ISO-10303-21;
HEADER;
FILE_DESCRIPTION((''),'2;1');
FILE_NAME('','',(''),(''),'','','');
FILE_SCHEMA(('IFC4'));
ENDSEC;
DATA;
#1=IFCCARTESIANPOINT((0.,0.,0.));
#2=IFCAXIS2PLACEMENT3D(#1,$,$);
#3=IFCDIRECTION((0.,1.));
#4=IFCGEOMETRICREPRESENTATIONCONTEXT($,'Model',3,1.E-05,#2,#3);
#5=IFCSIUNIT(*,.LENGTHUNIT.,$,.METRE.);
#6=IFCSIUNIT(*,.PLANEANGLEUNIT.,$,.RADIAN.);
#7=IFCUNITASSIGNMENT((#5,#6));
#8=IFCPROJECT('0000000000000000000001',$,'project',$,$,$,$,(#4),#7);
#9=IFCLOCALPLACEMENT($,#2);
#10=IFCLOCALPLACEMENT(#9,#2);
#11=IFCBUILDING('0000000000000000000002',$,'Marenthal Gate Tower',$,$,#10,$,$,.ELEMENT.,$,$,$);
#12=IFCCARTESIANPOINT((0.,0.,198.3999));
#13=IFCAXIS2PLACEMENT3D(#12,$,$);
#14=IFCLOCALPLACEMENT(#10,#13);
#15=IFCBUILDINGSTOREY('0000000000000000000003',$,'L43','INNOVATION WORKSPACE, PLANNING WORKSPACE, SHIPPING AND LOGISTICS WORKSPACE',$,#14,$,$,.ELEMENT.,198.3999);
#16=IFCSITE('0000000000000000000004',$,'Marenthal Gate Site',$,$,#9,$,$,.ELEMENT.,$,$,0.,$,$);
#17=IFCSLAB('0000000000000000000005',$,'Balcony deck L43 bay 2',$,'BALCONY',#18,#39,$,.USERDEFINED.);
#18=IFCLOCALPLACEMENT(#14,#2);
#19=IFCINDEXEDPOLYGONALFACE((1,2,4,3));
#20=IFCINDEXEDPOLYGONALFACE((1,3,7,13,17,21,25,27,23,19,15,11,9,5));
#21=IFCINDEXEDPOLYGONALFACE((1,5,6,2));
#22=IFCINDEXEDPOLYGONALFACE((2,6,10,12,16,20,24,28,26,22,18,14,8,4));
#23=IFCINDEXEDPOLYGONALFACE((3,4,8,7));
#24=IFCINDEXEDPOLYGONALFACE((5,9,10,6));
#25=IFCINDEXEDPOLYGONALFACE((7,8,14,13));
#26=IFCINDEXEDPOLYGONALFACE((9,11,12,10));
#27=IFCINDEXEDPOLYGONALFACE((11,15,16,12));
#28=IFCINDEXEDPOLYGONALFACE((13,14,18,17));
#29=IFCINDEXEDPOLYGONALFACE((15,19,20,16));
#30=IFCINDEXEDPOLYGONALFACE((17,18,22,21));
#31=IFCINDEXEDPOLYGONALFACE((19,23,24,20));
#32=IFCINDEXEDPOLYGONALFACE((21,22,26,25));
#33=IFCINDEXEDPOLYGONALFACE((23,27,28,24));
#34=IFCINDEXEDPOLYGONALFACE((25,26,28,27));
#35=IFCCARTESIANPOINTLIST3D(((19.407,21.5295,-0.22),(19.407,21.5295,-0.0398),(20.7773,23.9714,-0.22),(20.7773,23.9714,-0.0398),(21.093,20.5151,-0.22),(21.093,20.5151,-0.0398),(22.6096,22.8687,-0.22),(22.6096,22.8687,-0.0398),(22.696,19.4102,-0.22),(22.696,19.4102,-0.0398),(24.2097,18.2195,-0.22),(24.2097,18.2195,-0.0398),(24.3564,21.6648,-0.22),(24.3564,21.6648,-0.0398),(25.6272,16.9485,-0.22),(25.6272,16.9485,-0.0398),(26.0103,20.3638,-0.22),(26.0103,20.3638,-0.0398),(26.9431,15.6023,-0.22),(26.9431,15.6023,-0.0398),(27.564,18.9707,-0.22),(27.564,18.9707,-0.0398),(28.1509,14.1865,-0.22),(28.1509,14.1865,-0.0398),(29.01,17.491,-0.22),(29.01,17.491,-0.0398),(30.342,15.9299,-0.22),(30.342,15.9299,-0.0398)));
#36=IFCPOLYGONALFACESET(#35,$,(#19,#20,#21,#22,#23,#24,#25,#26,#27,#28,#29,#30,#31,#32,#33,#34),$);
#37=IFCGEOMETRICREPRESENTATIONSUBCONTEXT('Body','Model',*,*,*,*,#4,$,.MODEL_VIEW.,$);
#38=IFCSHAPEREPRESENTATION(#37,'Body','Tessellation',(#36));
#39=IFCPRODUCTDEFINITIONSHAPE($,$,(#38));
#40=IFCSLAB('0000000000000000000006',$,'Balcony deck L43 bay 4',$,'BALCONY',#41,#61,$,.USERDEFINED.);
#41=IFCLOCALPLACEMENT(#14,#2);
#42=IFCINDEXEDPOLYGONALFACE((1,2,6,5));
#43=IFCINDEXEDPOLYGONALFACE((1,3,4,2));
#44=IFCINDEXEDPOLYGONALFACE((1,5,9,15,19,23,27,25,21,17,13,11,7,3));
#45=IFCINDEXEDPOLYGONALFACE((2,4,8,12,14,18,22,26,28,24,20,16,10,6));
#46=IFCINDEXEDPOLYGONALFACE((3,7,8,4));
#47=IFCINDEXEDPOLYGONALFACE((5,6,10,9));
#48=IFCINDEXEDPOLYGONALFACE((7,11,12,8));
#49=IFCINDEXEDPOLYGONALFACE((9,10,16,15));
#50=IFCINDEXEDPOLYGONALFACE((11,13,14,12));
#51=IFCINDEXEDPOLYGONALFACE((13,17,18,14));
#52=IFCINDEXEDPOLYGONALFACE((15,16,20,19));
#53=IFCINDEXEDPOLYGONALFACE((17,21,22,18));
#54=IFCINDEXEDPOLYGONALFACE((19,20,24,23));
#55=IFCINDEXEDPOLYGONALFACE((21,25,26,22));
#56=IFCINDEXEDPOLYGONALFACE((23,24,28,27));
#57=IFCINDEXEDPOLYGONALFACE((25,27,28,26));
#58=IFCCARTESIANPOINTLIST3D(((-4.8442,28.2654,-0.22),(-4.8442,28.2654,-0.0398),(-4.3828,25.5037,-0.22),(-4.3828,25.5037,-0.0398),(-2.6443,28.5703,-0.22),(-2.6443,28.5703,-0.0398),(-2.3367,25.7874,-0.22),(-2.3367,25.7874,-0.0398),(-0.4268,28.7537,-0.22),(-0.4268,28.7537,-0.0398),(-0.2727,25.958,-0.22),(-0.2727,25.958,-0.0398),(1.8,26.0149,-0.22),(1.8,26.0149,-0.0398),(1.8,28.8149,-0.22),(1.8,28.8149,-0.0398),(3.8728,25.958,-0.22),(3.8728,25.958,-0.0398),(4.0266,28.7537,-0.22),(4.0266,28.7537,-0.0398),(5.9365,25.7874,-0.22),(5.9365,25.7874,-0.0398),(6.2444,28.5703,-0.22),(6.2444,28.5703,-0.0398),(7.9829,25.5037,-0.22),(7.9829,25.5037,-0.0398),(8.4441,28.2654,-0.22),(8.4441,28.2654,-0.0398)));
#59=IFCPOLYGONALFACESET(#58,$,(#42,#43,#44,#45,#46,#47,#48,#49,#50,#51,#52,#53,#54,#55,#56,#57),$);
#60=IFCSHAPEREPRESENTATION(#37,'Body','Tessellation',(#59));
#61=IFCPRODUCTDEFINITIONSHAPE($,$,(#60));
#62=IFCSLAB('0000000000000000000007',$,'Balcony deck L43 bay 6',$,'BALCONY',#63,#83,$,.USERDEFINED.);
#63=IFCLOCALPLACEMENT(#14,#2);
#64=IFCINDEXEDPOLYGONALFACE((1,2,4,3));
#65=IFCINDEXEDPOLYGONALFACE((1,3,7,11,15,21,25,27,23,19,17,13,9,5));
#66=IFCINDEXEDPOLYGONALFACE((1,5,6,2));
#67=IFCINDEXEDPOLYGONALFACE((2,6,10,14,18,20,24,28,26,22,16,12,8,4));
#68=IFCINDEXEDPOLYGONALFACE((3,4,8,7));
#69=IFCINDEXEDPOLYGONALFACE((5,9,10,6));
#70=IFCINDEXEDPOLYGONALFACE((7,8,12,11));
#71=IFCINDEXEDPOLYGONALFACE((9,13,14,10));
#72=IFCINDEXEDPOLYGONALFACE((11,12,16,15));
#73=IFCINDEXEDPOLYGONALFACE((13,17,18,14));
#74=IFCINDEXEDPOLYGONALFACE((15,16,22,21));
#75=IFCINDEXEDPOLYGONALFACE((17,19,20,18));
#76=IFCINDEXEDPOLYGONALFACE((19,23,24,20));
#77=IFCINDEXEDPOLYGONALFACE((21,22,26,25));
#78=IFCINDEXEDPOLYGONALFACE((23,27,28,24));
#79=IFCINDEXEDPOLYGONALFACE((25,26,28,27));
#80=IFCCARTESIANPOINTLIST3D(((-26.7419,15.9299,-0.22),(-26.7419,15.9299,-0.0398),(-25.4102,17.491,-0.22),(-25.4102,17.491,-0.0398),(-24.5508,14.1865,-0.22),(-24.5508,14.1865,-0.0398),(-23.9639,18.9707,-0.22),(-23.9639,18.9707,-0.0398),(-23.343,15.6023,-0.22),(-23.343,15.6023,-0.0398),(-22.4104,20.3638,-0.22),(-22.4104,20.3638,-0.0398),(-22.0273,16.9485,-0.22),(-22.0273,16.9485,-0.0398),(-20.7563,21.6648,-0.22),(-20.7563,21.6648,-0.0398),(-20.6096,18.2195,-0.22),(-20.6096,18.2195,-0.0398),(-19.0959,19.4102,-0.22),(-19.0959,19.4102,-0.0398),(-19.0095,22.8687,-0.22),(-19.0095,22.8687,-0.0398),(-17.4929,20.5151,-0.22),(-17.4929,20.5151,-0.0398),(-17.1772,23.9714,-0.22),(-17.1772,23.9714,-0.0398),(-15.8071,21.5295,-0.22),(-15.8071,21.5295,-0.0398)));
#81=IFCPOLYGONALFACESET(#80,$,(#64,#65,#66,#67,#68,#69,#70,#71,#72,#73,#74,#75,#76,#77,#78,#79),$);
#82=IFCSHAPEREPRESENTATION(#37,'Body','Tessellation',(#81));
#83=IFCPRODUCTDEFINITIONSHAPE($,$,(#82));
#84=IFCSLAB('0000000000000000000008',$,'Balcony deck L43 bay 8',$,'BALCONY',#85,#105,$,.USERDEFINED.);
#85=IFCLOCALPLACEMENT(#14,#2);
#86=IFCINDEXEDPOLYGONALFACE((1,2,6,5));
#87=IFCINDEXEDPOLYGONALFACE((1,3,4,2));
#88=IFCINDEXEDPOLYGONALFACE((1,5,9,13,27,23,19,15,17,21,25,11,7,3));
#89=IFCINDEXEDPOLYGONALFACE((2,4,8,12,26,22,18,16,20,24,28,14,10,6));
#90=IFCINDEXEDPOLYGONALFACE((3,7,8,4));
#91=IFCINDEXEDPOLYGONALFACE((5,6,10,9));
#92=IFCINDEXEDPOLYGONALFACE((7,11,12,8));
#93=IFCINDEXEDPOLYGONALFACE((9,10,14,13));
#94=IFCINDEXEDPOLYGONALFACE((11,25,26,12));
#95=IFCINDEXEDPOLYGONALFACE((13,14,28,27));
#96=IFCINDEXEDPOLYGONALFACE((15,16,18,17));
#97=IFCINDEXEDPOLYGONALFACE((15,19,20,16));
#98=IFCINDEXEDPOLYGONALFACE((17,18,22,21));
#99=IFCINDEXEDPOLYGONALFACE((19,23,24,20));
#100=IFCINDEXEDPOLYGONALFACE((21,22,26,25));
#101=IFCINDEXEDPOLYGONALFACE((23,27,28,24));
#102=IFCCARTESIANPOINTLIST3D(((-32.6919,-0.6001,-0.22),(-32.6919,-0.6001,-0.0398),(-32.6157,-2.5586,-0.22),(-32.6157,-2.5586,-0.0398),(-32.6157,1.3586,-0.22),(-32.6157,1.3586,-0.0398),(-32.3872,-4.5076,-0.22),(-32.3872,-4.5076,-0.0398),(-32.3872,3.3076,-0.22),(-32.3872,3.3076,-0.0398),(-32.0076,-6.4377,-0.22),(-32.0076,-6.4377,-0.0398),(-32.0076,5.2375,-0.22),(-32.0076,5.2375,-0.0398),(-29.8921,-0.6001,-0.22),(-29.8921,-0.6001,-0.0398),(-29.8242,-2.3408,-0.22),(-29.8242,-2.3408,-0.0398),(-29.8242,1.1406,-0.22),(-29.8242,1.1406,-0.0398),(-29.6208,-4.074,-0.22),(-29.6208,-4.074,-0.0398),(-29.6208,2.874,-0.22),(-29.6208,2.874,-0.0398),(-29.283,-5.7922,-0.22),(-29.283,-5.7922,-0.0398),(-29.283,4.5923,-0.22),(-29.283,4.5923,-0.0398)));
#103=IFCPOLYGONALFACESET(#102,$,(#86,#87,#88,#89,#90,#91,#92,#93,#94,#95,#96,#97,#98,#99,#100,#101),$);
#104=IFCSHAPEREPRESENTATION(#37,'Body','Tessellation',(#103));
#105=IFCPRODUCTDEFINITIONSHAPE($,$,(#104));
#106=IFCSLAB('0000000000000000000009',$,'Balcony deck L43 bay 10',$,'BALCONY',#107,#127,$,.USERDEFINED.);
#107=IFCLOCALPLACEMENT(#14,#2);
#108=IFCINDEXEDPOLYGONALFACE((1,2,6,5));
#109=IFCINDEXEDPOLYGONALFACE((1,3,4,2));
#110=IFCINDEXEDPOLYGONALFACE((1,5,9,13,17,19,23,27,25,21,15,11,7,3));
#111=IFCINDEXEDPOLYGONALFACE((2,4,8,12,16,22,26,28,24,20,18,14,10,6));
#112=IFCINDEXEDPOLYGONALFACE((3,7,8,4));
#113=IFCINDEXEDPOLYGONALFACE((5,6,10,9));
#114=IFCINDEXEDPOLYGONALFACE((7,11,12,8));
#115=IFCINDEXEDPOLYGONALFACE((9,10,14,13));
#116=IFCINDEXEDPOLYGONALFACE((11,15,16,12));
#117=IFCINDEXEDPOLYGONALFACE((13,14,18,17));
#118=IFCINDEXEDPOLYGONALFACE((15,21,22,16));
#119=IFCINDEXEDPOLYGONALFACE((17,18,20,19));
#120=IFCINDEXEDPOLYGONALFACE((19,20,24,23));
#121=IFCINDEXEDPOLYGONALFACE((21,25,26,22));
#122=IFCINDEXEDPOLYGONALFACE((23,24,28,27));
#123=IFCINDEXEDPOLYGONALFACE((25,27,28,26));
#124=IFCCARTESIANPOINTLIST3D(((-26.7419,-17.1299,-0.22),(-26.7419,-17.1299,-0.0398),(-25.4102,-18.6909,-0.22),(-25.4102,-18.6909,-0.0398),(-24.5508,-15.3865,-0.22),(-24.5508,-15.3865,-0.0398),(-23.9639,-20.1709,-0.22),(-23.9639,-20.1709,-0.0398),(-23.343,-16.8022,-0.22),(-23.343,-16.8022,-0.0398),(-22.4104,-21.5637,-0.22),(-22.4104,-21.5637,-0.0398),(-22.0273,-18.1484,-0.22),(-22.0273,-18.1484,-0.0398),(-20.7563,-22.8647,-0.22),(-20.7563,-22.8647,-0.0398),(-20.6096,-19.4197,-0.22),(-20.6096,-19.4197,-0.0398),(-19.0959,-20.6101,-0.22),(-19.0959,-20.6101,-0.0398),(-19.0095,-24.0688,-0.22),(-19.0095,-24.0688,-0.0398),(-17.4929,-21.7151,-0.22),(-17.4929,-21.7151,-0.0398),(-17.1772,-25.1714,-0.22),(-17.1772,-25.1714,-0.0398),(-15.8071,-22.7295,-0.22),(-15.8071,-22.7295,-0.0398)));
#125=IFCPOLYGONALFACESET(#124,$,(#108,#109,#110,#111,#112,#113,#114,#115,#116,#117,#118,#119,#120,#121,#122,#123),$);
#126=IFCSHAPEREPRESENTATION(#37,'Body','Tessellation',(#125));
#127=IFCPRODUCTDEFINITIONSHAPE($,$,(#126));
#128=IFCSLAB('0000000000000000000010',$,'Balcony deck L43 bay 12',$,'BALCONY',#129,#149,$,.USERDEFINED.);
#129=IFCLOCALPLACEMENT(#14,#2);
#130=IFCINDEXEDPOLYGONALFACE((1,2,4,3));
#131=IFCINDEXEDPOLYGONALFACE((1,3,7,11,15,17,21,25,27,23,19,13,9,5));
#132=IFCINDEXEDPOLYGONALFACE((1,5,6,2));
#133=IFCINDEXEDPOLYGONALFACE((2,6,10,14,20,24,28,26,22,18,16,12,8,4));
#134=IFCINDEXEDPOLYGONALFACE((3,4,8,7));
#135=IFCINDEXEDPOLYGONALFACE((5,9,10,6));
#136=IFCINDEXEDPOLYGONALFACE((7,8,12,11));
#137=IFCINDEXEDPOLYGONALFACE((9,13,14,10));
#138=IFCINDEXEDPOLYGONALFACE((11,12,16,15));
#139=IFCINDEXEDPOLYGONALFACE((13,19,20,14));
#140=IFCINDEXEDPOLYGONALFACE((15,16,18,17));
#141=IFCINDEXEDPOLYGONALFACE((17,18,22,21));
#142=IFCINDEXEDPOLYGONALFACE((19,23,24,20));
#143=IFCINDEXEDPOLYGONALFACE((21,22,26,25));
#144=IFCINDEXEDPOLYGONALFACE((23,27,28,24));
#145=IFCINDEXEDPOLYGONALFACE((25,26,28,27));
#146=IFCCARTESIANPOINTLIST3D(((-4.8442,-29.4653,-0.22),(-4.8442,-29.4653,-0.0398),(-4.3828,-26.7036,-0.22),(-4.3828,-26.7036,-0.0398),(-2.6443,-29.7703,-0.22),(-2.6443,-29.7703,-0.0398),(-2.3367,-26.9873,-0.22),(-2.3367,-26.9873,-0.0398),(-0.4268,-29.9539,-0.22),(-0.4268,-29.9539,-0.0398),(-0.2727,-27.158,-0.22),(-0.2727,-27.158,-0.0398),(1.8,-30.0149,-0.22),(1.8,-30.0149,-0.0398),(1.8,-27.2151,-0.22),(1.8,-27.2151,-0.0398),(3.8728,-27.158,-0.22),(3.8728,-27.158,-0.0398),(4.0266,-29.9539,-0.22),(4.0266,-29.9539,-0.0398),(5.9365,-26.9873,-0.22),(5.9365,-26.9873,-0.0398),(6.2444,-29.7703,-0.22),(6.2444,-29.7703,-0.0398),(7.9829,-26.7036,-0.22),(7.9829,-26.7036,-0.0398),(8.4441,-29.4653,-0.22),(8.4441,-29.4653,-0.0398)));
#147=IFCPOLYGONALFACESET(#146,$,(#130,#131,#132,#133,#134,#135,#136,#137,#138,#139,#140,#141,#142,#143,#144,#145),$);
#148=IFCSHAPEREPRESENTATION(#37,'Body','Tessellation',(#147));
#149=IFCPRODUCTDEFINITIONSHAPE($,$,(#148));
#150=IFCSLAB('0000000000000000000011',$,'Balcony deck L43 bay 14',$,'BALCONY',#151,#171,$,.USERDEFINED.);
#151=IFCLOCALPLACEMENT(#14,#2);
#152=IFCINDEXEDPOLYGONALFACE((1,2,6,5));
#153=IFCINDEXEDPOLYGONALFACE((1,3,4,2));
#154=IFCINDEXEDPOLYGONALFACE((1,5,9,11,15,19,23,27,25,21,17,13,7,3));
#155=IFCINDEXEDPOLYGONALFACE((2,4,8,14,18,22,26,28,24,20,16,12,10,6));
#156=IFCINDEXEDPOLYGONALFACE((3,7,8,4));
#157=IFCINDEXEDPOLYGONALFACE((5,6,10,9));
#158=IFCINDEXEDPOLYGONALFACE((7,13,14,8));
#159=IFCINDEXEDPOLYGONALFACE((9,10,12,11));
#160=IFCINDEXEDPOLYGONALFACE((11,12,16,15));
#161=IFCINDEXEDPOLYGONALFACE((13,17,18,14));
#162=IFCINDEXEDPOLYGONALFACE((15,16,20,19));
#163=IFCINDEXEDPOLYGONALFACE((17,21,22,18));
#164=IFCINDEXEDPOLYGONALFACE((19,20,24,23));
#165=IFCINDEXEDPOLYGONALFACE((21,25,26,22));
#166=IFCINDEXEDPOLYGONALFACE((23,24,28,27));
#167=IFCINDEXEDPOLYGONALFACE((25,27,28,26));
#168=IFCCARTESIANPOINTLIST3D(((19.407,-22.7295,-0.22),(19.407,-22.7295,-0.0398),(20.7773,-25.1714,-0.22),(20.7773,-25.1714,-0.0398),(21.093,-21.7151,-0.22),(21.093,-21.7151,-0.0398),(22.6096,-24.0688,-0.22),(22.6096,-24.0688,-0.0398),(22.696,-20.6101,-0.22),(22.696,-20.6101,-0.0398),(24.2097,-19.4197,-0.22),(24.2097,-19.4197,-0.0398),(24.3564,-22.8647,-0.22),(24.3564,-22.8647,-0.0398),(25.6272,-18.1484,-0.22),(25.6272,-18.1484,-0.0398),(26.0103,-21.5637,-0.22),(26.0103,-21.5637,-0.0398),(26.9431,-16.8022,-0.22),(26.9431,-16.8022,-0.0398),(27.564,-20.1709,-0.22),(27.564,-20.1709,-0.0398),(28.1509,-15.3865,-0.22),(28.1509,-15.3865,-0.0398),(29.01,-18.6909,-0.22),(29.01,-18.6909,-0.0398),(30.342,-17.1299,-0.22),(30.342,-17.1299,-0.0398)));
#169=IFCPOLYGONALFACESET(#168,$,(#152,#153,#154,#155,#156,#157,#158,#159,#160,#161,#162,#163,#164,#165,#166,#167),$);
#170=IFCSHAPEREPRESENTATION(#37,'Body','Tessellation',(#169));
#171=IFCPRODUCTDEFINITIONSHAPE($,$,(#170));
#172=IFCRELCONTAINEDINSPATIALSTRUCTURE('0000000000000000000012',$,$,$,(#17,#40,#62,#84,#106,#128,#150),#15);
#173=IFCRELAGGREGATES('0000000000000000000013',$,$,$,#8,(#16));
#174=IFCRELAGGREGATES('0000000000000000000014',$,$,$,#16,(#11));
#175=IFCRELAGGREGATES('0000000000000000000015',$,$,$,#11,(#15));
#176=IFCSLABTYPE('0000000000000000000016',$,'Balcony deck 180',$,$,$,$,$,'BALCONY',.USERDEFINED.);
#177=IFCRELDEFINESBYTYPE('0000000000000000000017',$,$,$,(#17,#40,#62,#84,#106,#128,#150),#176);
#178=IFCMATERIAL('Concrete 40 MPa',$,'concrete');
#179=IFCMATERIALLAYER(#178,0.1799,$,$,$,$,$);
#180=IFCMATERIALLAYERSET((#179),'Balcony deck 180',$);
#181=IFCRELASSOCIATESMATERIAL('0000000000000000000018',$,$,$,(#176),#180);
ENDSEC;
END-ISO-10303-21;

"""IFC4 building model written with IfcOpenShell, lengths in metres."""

from ifc_helpers import new_model, si_unit, direction, frame, origin, place, context, subcontext, project, spatial, polyline, outline, extrude, material, layer, layer_set, type_object, element, save


model = new_model("IFC4")

# Units and contexts
model_context = context("Model", 3, precision=1e-05, world=origin(), true_north=direction((0.0, 1.0)))
body_context = subcontext(model_context, "Body", "Model", "MODEL_VIEW")
ifc_project = project(units=[si_unit("LENGTHUNIT", "METRE"), si_unit("PLANEANGLEUNIT", "RADIAN")], contexts=[model_context])

# Site, building, storey
site_placement = place(None, origin())
site = spatial("IfcSite", under=ifc_project, at=site_placement, Name="Marenthal Gate Site", CompositionType="ELEMENT", RefElevation=0.0)
building_placement = place(site_placement, origin())
building = spatial("IfcBuilding", under=site, at=building_placement, Name="Marenthal Gate Tower", CompositionType="ELEMENT")
storey_placement = place(building_placement, frame((0.0, 0.0, 198.3999)))
storey = spatial("IfcBuildingStorey", under=building, at=storey_placement, Name="L43", Description="INNOVATION WORKSPACE, PLANNING WORKSPACE, SHIPPING AND LOGISTICS WORKSPACE", CompositionType="ELEMENT", Elevation=198.3999)

# Slabs
ifc_material_1 = material(Name="Concrete 40 MPa", Category="concrete")
ifc_layer_1 = layer(ifc_material_1, 0.1799)
ifc_layer_set_1 = layer_set([ifc_layer_1], Name="Balcony deck 180")
slab_type = type_object("IfcSlabType", Name="Balcony deck 180", ElementType="BALCONY", PredefinedType="USERDEFINED", material=ifc_layer_set_1)
slab_1_placement = place(storey_placement, frame((0.0, 0.0, -0.22)))
element("IfcSlab", 1, at=slab_1_placement, inside=storey, type_object=slab_type, Name="Balcony deck L43 bay 2", ObjectType="BALCONY", PredefinedType="USERDEFINED", context=body_context, shape_type="SweptSolid", body=[
    extrude(outline(polyline([(28.1509, 14.1865), (26.9431, 15.6023), (25.6272, 16.9485), (24.2097, 18.2195), (22.696, 19.4102), (21.093, 20.5151), (19.407, 21.5295), (20.7773, 23.9714), (22.6096, 22.8687), (24.3564, 21.6648), (26.0103, 20.3638), (27.564, 18.9707), (29.01, 17.491), (30.342, 15.9299), (28.1509, 14.1865)])), origin(), (0.0, 0.0, 1.0), 0.1802),
])
slab_2_placement = place(storey_placement, frame((0.0, 0.0, -0.22)))
element("IfcSlab", 2, at=slab_2_placement, inside=storey, type_object=slab_type, Name="Balcony deck L43 bay 4", ObjectType="BALCONY", PredefinedType="USERDEFINED", context=body_context, shape_type="SweptSolid", body=[
    extrude(outline(polyline([(7.9829, 25.5037), (5.9365, 25.7874), (3.8728, 25.958), (1.8, 26.0149), (-0.2727, 25.958), (-2.3367, 25.7874), (-4.3828, 25.5037), (-4.8442, 28.2654), (-2.6443, 28.5703), (-0.4268, 28.7537), (1.8, 28.8149), (4.0266, 28.7537), (6.2444, 28.5703), (8.4441, 28.2654), (7.9829, 25.5037)])), origin(), (0.0, 0.0, 1.0), 0.1802),
])
slab_3_placement = place(storey_placement, frame((0.0, 0.0, -0.22)))
element("IfcSlab", 3, at=slab_3_placement, inside=storey, type_object=slab_type, Name="Balcony deck L43 bay 6", ObjectType="BALCONY", PredefinedType="USERDEFINED", context=body_context, shape_type="SweptSolid", body=[
    extrude(outline(polyline([(-15.8071, 21.5295), (-17.4929, 20.5151), (-19.0959, 19.4102), (-20.6096, 18.2195), (-22.0273, 16.9485), (-23.343, 15.6023), (-24.5508, 14.1865), (-26.7419, 15.9299), (-25.4102, 17.491), (-23.9639, 18.9707), (-22.4104, 20.3638), (-20.7563, 21.6648), (-19.0095, 22.8687), (-17.1772, 23.9714), (-15.8071, 21.5295)])), origin(), (0.0, 0.0, 1.0), 0.1802),
])
slab_4_placement = place(storey_placement, frame((0.0, 0.0, -0.22)))
element("IfcSlab", 4, at=slab_4_placement, inside=storey, type_object=slab_type, Name="Balcony deck L43 bay 8", ObjectType="BALCONY", PredefinedType="USERDEFINED", context=body_context, shape_type="SweptSolid", body=[
    extrude(outline(polyline([(-29.283, 4.5923), (-29.6208, 2.874), (-29.8242, 1.1406), (-29.8921, -0.6001), (-29.8242, -2.3408), (-29.6208, -4.074), (-29.283, -5.7922), (-32.0076, -6.4377), (-32.3872, -4.5076), (-32.6157, -2.5586), (-32.6919, -0.6001), (-32.6157, 1.3586), (-32.3872, 3.3076), (-32.0076, 5.2375), (-29.283, 4.5923)])), origin(), (0.0, 0.0, 1.0), 0.1802),
])
slab_5_placement = place(storey_placement, frame((0.0, 0.0, -0.22)))
element("IfcSlab", 5, at=slab_5_placement, inside=storey, type_object=slab_type, Name="Balcony deck L43 bay 10", ObjectType="BALCONY", PredefinedType="USERDEFINED", context=body_context, shape_type="SweptSolid", body=[
    extrude(outline(polyline([(-24.5508, -15.3865), (-23.343, -16.8022), (-22.0273, -18.1484), (-20.6096, -19.4197), (-19.0959, -20.6101), (-17.4929, -21.7151), (-15.8071, -22.7295), (-17.1772, -25.1714), (-19.0095, -24.0688), (-20.7563, -22.8647), (-22.4104, -21.5637), (-23.9639, -20.1709), (-25.4102, -18.6909), (-26.7419, -17.1299), (-24.5508, -15.3865)])), origin(), (0.0, 0.0, 1.0), 0.1802),
])
slab_6_placement = place(storey_placement, frame((0.0, 0.0, -0.22)))
element("IfcSlab", 6, at=slab_6_placement, inside=storey, type_object=slab_type, Name="Balcony deck L43 bay 12", ObjectType="BALCONY", PredefinedType="USERDEFINED", context=body_context, shape_type="SweptSolid", body=[
    extrude(outline(polyline([(-4.3828, -26.7036), (-2.3367, -26.9873), (-0.2727, -27.158), (1.8, -27.2151), (3.8728, -27.158), (5.9365, -26.9873), (7.9829, -26.7036), (8.4441, -29.4653), (6.2444, -29.7703), (4.0266, -29.9539), (1.8, -30.0149), (-0.4268, -29.9539), (-2.6443, -29.7703), (-4.8442, -29.4653), (-4.3828, -26.7036)])), origin(), (0.0, 0.0, 1.0), 0.1802),
])
slab_7_placement = place(storey_placement, frame((0.0, 0.0, -0.22)))
element("IfcSlab", 7, at=slab_7_placement, inside=storey, type_object=slab_type, Name="Balcony deck L43 bay 14", ObjectType="BALCONY", PredefinedType="USERDEFINED", context=body_context, shape_type="SweptSolid", body=[
    extrude(outline(polyline([(19.407, -22.7295), (21.093, -21.7151), (22.696, -20.6101), (24.2097, -19.4197), (25.6272, -18.1484), (26.9431, -16.8022), (28.1509, -15.3865), (30.342, -17.1299), (29.01, -18.6909), (27.564, -20.1709), (26.0103, -21.5637), (24.3564, -22.8647), (22.6096, -24.0688), (20.7773, -25.1714), (19.407, -22.7295)])), origin(), (0.0, 0.0, 1.0), 0.1802),
])

save(model, "model.ifc")
